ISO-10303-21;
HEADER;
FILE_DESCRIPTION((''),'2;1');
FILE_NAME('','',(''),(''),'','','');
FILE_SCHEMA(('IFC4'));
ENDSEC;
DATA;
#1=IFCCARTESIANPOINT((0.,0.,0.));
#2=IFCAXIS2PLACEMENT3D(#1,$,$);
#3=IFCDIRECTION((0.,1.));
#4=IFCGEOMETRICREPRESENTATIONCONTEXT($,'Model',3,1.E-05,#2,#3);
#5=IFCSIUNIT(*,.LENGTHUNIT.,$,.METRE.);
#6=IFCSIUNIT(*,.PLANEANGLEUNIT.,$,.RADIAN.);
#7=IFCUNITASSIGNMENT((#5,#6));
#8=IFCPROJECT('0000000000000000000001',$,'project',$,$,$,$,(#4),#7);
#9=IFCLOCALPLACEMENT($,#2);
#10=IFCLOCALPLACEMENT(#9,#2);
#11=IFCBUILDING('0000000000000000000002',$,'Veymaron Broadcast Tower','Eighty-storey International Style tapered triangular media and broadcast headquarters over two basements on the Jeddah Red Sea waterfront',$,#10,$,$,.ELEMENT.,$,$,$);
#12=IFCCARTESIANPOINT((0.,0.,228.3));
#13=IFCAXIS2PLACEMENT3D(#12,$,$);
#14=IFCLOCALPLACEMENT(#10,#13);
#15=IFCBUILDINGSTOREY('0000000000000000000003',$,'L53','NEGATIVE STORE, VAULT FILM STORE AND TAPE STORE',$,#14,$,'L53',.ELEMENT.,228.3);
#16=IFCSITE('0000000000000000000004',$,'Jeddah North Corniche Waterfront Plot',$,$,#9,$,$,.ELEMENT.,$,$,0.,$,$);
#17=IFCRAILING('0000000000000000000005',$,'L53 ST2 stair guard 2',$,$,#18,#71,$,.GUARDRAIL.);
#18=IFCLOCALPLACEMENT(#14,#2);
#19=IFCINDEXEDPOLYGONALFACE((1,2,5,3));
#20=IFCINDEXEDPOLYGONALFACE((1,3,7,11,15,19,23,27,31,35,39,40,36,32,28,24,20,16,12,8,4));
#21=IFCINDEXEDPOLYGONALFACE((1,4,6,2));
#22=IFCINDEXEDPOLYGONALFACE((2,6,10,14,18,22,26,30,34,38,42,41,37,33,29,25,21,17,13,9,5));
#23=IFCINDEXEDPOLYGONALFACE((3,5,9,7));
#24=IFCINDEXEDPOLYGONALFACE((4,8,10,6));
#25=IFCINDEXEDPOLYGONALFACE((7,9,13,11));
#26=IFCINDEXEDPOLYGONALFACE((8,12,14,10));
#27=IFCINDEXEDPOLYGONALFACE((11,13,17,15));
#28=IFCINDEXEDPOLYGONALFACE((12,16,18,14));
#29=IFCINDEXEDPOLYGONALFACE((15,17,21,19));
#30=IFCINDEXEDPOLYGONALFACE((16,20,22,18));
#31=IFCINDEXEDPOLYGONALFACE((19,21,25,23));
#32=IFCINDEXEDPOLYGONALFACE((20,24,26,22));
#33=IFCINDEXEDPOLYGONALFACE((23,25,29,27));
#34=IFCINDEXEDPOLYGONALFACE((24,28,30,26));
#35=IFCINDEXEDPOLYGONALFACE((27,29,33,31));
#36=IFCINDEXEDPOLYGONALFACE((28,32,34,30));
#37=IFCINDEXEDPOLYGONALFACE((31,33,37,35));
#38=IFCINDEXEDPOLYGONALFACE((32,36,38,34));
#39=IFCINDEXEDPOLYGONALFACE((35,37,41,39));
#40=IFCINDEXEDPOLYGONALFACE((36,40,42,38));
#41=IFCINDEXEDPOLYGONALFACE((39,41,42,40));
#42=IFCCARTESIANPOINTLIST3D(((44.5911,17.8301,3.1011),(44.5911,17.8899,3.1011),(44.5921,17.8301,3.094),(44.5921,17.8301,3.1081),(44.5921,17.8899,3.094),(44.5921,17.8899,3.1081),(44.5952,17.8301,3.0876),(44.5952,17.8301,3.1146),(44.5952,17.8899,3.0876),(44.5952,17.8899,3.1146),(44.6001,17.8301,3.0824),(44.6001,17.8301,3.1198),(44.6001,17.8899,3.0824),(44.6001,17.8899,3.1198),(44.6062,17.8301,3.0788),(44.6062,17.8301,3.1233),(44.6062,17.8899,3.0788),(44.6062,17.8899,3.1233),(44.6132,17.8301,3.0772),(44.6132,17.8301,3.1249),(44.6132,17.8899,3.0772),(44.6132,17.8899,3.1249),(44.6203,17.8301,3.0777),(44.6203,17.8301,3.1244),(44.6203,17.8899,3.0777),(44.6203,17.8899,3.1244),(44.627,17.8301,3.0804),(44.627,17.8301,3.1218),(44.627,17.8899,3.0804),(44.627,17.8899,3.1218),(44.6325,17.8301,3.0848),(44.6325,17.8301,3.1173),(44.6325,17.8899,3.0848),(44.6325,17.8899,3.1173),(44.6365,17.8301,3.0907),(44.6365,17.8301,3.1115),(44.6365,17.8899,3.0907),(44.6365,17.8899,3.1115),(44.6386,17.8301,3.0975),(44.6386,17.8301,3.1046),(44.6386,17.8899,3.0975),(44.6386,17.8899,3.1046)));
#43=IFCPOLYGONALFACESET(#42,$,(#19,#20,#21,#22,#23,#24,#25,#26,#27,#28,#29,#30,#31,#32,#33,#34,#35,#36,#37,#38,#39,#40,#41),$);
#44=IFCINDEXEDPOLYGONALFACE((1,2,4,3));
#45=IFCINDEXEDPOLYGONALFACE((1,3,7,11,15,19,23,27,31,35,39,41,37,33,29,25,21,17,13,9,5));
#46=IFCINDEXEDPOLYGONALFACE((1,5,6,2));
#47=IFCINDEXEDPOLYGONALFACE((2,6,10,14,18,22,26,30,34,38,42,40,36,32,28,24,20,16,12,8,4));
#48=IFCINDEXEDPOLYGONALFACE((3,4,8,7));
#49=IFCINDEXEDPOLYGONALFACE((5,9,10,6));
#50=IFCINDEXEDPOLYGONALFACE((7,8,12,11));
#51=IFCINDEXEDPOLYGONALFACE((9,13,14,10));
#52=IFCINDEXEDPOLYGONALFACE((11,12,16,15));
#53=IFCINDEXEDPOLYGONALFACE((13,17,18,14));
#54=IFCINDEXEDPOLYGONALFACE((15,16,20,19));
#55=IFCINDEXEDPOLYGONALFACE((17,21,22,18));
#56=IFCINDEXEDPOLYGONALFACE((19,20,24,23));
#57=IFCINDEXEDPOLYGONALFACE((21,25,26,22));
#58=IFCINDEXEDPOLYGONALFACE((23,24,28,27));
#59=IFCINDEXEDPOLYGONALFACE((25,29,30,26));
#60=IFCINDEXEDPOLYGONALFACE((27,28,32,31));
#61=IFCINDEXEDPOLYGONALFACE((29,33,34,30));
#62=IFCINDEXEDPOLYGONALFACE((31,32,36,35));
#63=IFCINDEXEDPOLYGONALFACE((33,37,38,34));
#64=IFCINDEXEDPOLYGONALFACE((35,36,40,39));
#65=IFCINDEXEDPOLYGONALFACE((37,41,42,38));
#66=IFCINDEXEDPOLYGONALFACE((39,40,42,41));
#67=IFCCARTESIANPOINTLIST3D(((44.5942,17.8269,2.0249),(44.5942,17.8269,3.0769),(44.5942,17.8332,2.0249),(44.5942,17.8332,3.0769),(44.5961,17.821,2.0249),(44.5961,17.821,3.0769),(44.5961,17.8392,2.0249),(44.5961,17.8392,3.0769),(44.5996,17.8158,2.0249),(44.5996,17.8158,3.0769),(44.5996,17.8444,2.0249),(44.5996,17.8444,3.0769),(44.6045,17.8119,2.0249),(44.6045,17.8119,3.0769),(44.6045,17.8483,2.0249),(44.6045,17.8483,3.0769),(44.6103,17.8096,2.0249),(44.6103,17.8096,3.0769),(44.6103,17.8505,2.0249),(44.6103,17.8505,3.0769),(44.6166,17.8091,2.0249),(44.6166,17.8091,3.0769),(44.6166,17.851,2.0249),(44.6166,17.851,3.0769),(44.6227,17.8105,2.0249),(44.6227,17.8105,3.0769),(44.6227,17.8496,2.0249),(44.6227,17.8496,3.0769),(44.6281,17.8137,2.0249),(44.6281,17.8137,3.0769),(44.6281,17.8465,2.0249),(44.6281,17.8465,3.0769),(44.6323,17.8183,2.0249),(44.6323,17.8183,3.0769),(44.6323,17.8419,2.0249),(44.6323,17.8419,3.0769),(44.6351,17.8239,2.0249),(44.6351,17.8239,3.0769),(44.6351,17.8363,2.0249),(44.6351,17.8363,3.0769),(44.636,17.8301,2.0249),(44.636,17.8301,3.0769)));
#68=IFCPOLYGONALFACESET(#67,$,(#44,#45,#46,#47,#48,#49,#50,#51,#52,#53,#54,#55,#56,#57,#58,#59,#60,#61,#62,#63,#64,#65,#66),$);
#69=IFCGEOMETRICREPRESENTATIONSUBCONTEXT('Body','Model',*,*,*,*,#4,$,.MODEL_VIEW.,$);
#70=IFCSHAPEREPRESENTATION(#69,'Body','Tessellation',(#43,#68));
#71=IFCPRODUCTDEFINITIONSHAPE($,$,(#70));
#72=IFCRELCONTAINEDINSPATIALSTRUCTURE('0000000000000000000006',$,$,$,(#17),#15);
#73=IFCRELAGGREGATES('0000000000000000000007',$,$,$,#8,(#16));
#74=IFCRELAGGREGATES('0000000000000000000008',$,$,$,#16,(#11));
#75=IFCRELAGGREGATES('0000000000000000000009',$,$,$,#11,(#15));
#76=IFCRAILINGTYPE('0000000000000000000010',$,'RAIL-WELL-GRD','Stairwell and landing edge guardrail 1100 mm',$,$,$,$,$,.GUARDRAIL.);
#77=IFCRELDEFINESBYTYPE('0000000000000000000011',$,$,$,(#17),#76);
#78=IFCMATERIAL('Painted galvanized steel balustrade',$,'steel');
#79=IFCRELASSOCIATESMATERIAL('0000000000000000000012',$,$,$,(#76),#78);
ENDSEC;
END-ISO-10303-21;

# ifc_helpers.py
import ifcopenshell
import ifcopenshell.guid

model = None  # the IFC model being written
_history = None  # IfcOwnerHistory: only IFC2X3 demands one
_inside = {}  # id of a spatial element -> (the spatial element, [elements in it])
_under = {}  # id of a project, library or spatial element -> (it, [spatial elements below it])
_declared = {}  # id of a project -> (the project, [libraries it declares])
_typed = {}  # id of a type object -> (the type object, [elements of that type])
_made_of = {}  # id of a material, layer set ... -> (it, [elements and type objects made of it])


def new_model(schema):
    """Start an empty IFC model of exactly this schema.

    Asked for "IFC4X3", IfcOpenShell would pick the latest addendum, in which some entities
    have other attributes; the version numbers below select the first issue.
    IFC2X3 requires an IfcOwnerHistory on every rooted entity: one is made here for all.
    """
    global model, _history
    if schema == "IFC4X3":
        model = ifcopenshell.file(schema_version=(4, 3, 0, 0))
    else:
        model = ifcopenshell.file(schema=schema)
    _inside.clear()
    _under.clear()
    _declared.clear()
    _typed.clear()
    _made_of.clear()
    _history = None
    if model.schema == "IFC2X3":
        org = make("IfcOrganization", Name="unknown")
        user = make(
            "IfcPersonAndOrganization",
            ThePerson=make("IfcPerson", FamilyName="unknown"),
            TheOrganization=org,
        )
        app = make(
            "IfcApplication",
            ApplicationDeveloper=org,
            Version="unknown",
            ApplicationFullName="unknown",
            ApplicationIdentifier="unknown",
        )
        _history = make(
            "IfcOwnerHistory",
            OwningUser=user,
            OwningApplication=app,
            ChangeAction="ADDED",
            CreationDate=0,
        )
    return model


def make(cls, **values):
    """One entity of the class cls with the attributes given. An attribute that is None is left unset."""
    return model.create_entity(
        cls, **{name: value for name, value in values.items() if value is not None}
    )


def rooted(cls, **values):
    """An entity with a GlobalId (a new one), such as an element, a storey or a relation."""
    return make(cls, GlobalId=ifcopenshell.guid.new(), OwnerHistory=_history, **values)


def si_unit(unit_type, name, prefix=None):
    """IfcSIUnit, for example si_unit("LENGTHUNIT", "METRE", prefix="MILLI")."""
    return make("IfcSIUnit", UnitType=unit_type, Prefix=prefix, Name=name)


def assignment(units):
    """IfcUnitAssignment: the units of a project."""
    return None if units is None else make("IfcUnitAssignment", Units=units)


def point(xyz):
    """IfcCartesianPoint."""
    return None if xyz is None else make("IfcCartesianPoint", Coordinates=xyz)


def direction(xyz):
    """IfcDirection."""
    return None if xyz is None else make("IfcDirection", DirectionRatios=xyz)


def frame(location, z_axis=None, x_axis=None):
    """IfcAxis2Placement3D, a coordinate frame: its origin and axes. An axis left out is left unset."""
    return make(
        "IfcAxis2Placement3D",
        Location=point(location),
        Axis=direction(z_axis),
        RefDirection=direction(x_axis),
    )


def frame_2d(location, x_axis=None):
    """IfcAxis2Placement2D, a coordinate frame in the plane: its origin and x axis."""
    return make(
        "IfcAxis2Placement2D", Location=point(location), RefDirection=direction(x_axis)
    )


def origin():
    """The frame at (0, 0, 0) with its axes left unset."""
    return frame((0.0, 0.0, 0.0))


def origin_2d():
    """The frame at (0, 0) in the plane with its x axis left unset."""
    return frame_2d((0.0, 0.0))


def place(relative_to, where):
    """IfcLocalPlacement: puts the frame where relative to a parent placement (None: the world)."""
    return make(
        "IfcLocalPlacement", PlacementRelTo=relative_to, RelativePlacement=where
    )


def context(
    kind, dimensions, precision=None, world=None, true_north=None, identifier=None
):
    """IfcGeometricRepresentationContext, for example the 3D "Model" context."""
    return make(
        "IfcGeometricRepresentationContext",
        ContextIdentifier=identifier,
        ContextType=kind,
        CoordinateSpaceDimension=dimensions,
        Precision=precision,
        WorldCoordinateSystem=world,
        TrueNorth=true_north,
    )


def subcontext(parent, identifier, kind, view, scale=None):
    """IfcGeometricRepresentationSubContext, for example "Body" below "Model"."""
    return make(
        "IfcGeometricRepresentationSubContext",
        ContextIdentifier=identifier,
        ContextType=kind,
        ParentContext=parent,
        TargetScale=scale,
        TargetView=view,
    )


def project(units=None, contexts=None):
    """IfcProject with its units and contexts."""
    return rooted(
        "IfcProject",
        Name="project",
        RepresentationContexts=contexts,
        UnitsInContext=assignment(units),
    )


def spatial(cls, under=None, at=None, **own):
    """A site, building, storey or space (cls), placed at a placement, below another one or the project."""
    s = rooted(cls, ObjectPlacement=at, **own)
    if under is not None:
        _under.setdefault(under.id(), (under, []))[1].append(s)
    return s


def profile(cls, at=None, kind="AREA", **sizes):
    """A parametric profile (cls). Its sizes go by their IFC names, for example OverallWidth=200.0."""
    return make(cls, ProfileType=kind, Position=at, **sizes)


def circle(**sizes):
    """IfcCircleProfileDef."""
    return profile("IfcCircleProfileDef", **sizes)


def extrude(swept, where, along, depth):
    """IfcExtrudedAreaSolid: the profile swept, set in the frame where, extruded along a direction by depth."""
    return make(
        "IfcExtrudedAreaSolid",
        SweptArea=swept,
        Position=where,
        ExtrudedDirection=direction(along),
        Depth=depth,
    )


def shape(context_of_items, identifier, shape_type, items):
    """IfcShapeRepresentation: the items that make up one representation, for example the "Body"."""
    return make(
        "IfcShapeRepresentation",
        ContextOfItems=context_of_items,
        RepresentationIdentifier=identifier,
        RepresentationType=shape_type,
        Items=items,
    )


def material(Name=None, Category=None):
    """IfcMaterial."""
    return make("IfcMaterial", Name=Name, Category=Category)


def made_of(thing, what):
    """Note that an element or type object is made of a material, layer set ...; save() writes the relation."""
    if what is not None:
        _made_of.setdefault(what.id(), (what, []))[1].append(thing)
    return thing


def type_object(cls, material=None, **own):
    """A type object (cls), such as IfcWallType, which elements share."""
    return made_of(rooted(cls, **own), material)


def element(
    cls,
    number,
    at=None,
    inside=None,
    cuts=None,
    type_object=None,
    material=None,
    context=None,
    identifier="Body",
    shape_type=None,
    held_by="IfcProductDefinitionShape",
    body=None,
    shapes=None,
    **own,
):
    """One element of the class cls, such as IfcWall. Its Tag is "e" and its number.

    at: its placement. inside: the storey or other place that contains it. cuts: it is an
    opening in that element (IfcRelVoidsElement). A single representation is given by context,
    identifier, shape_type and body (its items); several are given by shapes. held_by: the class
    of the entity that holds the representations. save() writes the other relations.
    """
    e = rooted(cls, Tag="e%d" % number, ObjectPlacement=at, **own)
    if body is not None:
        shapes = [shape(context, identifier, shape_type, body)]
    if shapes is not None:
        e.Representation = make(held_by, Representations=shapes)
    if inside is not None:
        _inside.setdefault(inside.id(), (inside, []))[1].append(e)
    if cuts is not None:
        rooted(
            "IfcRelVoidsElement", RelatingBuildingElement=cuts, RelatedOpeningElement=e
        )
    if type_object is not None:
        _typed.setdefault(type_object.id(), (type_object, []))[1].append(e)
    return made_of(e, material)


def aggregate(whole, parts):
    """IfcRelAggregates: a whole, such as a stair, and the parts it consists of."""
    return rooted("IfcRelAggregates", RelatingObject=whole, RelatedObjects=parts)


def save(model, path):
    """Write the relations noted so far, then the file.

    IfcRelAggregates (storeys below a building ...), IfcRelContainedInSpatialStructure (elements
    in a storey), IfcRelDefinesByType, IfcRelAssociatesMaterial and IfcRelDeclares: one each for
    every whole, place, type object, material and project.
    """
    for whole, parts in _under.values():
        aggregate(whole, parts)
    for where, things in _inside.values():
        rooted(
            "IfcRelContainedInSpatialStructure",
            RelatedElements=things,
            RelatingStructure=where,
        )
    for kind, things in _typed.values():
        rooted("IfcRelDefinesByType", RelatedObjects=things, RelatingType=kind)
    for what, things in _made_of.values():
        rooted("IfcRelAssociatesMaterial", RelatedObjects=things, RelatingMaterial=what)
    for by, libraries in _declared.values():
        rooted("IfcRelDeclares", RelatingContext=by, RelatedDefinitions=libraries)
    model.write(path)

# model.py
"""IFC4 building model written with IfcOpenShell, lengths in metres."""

from ifc_helpers import new_model, si_unit, direction, frame, origin, origin_2d, place, context, subcontext, project, spatial, circle, extrude, material, type_object, element, save


model = new_model("IFC4")

# Units and contexts
model_context = context("Model", 3, precision=1e-05, world=origin(), true_north=direction((0.0, 1.0)))
body_context = subcontext(model_context, "Body", "Model", "MODEL_VIEW")
ifc_project = project(units=[si_unit("LENGTHUNIT", "METRE"), si_unit("PLANEANGLEUNIT", "RADIAN")], contexts=[model_context])

# Site, building, storey
site_placement = place(None, origin())
site = spatial("IfcSite", under=ifc_project, at=site_placement, Name="Jeddah North Corniche Waterfront Plot", CompositionType="ELEMENT", RefElevation=0.0)
building_placement = place(site_placement, origin())
building = spatial("IfcBuilding", under=site, at=building_placement, Name="Veymaron Broadcast Tower", Description="Eighty-storey International Style tapered triangular media and broadcast headquarters over two basements on the Jeddah Red Sea waterfront", CompositionType="ELEMENT")
storey_placement = place(building_placement, frame((0.0, 0.0, 228.3)))
storey = spatial("IfcBuildingStorey", under=building, at=storey_placement, Name="L53", Description="NEGATIVE STORE, VAULT FILM STORE AND TAPE STORE", LongName="L53", CompositionType="ELEMENT", Elevation=228.3)

# Railing
ifc_material_1 = material(Name="Painted galvanized steel balustrade", Category="steel")
railing_type_1 = type_object("IfcRailingType", Name="RAIL-WELL-GRD", Description="Stairwell and landing edge guardrail 1100 mm", PredefinedType="GUARDRAIL", material=ifc_material_1)
railing_1_placement = place(storey_placement, frame((44.615, 17.8301, 2.0249)))
element("IfcRailing", 1, at=railing_1_placement, inside=storey, type_object=railing_type_1, Name="L53 ST2 stair guard 2", PredefinedType="GUARDRAIL", context=body_context, shape_type="SweptSolid", body=[
    extrude(circle(Radius=0.0239, at=origin_2d()), frame((0.0, 0.0, 1.0762), z_axis=(0.0, 1.0, 0.0), x_axis=(-1.0, 0.0, 0.0)), (0.0, 0.0, 1.0), 0.0598),
    extrude(circle(Radius=0.021, at=origin_2d()), origin(), (0.0, 0.0, 1.0), 1.052),
])

save(model, "model.ifc")
